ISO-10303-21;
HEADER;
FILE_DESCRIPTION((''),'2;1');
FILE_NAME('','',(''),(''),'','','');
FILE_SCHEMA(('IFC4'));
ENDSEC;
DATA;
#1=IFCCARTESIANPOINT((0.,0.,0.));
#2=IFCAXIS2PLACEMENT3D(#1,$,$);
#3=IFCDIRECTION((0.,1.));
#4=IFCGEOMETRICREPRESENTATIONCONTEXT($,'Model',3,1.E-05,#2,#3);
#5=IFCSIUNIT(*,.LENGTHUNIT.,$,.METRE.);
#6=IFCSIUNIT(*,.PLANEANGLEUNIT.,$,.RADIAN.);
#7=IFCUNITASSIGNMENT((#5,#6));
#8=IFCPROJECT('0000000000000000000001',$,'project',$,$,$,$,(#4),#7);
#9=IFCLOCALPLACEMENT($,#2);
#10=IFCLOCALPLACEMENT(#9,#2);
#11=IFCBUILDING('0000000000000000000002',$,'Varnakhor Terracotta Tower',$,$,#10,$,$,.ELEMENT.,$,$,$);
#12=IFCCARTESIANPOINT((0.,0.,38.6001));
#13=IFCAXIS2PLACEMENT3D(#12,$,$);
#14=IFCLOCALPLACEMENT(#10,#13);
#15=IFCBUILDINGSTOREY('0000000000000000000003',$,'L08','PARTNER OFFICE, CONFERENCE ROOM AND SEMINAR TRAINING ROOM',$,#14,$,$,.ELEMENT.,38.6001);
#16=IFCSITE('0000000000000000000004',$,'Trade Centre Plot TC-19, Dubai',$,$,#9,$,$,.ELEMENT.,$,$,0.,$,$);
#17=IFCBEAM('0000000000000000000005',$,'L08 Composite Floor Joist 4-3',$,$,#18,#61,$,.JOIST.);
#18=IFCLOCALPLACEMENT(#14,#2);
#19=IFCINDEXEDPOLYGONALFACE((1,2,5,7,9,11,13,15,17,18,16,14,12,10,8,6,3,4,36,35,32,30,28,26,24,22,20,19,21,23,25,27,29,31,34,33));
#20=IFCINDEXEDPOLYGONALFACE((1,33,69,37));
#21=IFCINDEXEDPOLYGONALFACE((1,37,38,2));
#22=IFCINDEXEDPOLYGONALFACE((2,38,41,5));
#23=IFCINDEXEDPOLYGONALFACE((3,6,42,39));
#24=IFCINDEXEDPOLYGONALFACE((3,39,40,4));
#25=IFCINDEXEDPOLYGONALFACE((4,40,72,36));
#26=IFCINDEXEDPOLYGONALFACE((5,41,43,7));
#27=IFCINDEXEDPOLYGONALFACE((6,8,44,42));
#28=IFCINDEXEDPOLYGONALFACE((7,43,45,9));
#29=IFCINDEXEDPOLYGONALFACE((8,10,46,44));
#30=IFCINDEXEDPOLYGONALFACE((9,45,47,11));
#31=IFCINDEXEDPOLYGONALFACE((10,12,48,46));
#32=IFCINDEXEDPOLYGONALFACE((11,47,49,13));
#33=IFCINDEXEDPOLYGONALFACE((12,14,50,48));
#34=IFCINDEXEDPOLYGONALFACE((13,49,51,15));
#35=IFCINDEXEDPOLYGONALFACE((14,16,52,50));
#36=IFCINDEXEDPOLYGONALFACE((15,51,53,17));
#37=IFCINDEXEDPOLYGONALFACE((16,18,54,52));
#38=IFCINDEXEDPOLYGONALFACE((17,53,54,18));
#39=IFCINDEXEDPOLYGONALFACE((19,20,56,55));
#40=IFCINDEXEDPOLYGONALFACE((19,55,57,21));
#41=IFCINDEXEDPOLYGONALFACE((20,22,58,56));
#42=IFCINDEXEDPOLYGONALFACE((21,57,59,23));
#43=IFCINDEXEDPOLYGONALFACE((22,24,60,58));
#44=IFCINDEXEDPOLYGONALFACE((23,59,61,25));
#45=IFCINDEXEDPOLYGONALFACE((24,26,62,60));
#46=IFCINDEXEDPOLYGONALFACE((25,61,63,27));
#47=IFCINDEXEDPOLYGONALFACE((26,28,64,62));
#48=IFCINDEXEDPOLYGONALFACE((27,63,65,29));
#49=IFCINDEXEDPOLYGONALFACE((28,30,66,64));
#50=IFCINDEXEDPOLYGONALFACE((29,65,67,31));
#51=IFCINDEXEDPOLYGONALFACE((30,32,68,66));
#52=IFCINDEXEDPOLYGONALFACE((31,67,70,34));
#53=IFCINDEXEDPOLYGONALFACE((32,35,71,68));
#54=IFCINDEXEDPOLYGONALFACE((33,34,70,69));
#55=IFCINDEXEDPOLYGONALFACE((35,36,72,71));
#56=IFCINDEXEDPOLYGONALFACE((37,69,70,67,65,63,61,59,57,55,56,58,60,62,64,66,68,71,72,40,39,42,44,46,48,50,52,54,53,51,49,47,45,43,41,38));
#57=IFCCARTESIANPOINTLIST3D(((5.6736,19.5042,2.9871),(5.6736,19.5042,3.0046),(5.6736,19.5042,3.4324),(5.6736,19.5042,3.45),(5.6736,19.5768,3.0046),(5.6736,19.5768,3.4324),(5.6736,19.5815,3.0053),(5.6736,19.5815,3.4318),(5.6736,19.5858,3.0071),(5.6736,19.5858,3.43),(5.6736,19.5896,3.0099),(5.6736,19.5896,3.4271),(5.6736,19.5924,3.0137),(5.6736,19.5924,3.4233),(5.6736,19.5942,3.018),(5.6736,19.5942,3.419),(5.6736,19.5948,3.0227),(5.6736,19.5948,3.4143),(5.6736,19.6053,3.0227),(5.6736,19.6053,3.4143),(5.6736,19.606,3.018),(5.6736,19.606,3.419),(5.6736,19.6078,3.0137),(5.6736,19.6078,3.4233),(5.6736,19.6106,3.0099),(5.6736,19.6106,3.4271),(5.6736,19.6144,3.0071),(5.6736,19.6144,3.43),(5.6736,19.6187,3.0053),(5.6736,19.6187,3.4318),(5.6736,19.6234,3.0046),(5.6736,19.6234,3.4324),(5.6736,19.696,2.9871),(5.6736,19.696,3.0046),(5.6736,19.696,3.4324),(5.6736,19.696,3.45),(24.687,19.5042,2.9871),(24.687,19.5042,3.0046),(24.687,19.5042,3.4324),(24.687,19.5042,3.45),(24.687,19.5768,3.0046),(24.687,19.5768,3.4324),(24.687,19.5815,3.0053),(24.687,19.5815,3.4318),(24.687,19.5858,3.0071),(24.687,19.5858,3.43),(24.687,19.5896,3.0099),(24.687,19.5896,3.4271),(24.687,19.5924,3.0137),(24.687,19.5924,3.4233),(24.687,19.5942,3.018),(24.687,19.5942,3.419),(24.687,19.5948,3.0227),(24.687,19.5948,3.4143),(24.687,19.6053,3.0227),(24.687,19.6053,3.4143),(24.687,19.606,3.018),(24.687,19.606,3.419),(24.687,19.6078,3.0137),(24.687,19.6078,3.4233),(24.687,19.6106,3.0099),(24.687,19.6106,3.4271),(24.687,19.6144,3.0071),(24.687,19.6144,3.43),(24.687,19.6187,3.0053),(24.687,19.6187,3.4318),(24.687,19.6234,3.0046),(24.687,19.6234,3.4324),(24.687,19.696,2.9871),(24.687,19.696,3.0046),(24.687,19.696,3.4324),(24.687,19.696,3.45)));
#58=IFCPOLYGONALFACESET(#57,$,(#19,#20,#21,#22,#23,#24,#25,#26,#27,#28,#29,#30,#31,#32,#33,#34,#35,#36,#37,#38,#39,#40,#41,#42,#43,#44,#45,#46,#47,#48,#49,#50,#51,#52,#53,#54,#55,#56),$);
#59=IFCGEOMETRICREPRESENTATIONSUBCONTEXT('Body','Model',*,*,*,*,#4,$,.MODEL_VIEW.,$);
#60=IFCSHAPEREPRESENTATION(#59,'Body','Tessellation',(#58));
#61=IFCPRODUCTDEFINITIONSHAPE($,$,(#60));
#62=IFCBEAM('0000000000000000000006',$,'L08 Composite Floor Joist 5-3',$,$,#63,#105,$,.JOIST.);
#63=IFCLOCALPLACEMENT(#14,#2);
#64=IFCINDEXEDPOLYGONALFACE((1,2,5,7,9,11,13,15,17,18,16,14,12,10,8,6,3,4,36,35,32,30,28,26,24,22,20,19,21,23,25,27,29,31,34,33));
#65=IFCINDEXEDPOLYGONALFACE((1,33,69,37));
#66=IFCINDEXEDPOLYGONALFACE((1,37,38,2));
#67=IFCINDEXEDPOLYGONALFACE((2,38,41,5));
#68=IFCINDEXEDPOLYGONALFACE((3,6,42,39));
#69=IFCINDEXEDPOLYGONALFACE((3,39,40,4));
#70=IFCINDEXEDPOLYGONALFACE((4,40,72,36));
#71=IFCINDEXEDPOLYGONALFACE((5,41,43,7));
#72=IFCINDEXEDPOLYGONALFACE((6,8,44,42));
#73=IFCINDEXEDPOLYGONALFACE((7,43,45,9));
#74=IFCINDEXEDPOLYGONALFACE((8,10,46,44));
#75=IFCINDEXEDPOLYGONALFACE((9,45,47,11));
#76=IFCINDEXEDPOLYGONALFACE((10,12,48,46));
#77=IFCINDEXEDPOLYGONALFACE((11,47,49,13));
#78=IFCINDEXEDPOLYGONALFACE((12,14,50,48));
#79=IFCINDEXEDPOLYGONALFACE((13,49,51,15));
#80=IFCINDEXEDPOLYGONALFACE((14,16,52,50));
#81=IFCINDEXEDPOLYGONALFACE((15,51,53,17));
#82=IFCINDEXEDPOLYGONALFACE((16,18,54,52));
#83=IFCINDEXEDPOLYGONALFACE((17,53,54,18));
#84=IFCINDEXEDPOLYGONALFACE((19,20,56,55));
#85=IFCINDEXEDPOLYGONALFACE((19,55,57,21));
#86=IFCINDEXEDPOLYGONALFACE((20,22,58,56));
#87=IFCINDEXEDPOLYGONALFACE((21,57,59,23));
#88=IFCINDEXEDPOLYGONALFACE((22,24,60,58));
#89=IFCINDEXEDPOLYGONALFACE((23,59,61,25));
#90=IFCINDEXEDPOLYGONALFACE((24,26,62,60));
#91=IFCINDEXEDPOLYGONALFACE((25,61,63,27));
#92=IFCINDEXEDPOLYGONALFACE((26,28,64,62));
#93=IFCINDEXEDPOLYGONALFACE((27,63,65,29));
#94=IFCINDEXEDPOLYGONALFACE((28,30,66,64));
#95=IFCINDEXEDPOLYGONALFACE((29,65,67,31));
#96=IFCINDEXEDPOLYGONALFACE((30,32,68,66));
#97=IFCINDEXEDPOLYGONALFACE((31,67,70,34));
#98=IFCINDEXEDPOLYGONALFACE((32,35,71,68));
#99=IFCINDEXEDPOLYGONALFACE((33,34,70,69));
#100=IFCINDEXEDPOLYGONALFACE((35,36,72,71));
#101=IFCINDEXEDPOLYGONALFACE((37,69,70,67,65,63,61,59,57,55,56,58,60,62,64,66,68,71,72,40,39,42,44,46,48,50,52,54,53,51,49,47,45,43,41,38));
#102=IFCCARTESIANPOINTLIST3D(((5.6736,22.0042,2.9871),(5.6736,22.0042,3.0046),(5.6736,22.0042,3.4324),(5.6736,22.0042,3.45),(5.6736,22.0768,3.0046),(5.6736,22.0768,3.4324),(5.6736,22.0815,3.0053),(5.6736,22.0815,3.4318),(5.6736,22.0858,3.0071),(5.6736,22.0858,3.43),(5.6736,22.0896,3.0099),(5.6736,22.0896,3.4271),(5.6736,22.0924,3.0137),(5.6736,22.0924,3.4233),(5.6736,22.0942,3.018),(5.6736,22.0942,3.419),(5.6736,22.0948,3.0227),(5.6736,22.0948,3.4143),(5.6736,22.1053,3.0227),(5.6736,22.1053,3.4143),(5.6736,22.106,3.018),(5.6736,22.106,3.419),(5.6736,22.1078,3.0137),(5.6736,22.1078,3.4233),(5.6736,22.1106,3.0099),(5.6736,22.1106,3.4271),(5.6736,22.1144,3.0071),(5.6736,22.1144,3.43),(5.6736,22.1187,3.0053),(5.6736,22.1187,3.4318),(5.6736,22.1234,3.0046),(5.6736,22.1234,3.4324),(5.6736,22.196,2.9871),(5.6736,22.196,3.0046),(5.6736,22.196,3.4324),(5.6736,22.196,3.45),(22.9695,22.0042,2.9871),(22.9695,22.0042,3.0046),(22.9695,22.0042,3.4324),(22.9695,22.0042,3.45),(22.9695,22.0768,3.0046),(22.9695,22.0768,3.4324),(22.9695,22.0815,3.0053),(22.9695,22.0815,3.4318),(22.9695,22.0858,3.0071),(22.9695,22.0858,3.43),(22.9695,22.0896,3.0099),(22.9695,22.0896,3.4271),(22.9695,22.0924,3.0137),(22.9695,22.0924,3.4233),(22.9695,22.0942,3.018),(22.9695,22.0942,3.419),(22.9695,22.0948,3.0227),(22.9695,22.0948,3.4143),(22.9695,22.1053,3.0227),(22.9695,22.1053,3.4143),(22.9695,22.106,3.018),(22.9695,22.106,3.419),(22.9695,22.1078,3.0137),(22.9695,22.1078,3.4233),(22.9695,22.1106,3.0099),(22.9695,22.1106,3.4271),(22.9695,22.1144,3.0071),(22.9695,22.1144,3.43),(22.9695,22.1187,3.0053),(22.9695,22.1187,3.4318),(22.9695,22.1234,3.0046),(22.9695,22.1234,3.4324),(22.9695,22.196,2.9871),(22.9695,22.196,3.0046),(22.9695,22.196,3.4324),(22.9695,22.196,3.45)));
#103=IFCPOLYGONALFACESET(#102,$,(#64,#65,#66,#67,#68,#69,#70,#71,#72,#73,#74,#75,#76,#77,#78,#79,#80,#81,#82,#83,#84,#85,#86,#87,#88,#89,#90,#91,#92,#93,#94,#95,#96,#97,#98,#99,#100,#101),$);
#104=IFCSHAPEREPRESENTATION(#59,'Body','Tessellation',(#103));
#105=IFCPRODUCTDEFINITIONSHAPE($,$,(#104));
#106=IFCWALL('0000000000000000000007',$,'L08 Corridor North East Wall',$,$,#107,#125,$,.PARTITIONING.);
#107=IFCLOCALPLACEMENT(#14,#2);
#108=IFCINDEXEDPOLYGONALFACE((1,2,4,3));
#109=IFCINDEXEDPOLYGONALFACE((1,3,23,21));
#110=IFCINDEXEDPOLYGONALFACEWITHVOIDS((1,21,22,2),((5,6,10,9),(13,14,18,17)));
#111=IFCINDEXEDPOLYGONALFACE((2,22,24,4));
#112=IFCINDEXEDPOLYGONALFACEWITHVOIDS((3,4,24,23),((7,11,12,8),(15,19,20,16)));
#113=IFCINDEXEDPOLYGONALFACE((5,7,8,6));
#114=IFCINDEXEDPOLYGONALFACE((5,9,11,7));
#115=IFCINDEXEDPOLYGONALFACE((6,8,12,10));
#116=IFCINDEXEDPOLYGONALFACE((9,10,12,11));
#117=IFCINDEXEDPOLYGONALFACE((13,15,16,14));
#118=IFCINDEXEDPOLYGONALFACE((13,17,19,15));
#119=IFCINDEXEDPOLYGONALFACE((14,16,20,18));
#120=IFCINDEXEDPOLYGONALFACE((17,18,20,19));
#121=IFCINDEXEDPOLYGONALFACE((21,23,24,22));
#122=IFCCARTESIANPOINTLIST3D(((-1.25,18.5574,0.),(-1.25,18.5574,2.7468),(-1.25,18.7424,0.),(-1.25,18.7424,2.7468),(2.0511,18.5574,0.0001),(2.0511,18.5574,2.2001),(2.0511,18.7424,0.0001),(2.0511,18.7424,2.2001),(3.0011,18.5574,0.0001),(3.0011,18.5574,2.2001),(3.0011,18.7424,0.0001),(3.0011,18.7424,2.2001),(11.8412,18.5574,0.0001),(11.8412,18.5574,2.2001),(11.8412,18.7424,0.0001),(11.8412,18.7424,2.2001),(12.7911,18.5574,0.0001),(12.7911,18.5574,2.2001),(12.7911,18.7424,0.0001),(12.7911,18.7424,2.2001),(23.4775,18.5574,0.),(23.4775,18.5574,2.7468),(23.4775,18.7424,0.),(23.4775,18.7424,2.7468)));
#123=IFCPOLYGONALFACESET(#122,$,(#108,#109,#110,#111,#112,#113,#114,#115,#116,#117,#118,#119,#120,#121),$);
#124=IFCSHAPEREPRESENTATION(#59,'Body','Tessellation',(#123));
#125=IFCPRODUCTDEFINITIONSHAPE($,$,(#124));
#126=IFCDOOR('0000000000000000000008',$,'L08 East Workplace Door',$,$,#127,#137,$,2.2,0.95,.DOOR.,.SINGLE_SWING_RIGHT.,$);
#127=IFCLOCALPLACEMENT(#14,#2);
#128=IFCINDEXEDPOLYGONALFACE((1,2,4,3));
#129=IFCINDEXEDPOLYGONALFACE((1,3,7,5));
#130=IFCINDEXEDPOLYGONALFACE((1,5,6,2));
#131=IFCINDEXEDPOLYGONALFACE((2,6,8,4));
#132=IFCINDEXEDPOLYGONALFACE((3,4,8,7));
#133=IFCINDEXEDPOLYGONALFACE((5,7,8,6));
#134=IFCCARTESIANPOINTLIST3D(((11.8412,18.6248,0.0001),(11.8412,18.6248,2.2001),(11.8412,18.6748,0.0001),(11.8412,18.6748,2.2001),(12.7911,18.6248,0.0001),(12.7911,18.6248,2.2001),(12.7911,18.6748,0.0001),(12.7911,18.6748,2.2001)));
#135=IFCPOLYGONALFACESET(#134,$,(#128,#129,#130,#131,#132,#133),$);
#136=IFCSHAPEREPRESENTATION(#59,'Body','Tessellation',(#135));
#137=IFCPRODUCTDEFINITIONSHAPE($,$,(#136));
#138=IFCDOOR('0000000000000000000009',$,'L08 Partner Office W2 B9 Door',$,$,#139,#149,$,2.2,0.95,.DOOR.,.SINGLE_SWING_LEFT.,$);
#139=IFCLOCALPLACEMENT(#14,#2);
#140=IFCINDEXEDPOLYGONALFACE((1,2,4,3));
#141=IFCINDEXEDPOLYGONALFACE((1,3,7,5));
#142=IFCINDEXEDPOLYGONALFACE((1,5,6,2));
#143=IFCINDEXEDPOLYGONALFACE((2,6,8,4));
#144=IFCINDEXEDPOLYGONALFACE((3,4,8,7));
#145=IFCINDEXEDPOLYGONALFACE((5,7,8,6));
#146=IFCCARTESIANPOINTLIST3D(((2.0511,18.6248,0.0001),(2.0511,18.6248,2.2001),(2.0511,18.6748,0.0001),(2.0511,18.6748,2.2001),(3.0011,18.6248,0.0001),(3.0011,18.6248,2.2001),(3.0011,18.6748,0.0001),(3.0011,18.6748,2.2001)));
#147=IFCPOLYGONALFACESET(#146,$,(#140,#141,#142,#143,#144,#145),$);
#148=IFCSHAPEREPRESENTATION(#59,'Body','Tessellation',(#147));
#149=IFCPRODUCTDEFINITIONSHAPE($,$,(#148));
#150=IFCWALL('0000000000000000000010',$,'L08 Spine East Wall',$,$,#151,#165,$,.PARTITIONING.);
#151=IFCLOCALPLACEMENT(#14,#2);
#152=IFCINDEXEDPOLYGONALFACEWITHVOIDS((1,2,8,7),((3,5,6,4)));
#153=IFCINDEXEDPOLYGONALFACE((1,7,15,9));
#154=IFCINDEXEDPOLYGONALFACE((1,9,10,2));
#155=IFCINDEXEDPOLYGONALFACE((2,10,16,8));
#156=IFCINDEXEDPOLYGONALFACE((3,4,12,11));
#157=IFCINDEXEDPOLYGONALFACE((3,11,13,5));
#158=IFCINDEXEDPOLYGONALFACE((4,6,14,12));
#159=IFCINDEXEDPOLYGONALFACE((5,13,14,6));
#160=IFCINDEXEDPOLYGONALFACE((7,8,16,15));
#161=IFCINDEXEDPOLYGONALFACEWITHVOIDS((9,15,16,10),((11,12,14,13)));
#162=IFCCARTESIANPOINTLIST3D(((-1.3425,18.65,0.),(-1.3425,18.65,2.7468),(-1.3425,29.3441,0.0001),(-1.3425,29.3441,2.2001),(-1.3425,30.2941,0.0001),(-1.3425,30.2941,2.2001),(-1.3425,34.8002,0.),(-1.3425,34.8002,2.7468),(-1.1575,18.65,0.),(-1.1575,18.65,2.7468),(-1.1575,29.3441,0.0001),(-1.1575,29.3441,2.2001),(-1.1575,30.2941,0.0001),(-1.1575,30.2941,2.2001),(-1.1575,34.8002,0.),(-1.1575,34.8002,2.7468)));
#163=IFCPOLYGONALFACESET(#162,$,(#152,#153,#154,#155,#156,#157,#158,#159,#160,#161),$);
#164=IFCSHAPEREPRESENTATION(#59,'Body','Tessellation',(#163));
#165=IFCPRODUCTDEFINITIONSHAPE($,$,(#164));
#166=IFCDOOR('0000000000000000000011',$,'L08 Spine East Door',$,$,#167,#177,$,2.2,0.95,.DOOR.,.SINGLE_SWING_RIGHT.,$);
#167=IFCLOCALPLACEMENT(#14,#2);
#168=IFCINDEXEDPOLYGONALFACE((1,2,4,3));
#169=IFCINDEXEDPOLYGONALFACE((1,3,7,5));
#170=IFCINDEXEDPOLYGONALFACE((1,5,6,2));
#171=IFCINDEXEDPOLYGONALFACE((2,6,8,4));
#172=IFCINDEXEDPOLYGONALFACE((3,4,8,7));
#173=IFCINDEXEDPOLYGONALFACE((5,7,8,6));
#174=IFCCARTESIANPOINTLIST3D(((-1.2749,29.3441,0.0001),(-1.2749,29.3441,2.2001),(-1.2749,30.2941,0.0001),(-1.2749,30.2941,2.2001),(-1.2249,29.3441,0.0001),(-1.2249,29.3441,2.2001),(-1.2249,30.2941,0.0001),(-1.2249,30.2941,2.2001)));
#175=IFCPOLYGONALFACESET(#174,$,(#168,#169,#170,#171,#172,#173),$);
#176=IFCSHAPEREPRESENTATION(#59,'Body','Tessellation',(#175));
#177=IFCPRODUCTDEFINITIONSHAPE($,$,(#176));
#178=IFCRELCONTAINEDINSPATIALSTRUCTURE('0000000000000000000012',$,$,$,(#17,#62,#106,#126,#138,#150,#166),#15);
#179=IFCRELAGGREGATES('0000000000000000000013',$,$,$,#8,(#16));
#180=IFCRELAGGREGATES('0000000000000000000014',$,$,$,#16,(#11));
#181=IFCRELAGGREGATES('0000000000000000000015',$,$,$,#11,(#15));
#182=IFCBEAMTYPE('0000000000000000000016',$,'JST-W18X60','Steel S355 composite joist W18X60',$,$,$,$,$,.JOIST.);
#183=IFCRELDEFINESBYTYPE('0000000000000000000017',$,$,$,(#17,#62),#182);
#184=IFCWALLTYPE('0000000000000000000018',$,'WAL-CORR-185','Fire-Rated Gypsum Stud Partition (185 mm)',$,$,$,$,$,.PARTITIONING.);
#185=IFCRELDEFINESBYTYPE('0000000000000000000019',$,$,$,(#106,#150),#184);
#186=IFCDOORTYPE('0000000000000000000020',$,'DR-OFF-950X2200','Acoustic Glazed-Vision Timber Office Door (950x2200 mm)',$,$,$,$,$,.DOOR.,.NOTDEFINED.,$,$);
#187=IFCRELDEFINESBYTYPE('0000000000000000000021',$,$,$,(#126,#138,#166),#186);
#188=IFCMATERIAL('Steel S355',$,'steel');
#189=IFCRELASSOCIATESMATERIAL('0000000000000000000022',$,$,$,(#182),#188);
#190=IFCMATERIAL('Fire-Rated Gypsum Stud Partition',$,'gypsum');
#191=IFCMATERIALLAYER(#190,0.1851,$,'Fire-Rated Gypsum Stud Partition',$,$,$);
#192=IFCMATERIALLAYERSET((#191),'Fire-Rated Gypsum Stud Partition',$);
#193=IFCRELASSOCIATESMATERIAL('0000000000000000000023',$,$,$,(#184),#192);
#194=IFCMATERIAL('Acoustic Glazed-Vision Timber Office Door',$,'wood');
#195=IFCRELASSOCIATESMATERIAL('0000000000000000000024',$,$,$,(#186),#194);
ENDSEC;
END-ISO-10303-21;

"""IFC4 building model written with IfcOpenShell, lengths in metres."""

from ifc_helpers import new_model, si_unit, direction, frame, frame_2d, origin, origin_2d, place, context, subcontext, project, spatial, rectangle, i_section, extrude, source, transform, mapped, material, layer, layer_set, material_profile, profile_set, type_object, type_shapes, element, fill, save


model = new_model("IFC4")

# Units and contexts
model_context = context("Model", 3, precision=1e-05, world=origin(), true_north=direction((0.0, 1.0)))
body_context = subcontext(model_context, "Body", "Model", "MODEL_VIEW")
ifc_project = project(units=[si_unit("LENGTHUNIT", "METRE"), si_unit("PLANEANGLEUNIT", "RADIAN")], contexts=[model_context])

# Site, building, storey
site_placement = place(None, origin())
site = spatial("IfcSite", under=ifc_project, at=site_placement, Name="Trade Centre Plot TC-19, Dubai", CompositionType="ELEMENT", RefElevation=0.0)
building_placement = place(site_placement, origin())
building = spatial("IfcBuilding", under=site, at=building_placement, Name="Varnakhor Terracotta Tower", CompositionType="ELEMENT")
storey_placement = place(building_placement, frame((0.0, 0.0, 38.6001)))
storey = spatial("IfcBuildingStorey", under=building, at=storey_placement, Name="L08", Description="PARTNER OFFICE, CONFERENCE ROOM AND SEMINAR TRAINING ROOM", CompositionType="ELEMENT", Elevation=38.6001)

# Beams
ifc_material_1 = material(Name="Steel S355", Category="steel")
ifc_material_profile_1 = material_profile(ifc_material_1, i_section(OverallWidth=0.1919, OverallDepth=0.4629, WebThickness=0.0105, FlangeThickness=0.0176, FilletRadius=0.0181, at=origin_2d()), Name="W18X60")
ifc_profile_set_1 = profile_set([ifc_material_profile_1], Name="Steel S355")
beam_type_1 = type_object("IfcBeamType", Name="JST-W18X60", Description="Steel S355 composite joist W18X60", PredefinedType="JOIST", material=ifc_profile_set_1)
shared_shape_1 = source(origin(), body_context, "Body", "SweptSolid", [
    extrude(i_section(OverallWidth=0.1919, OverallDepth=0.4629, WebThickness=0.0105, FlangeThickness=0.0176, FilletRadius=0.0181, at=origin_2d()), origin(), (0.0, 0.0, 1.0), 19.0134),
])
beam_1_placement = place(storey_placement, frame((5.6736, 19.6001, 3.2185), z_axis=(1.0, 0.0, 0.0), x_axis=(0.0, 1.0, 0.0)))
element("IfcBeam", 1, at=beam_1_placement, inside=storey, type_object=beam_type_1, Name="L08 Composite Floor Joist 4-3", PredefinedType="JOIST", context=body_context, shape_type="MappedRepresentation", body=[
    mapped(shared_shape_1, transform((0.0, 0.0, 0.0), scale=1.0)),
])
shared_shape_2 = source(origin(), body_context, "Body", "SweptSolid", [
    extrude(i_section(OverallWidth=0.1919, OverallDepth=0.4629, WebThickness=0.0105, FlangeThickness=0.0176, FilletRadius=0.0181, at=origin_2d()), origin(), (0.0, 0.0, 1.0), 17.2959),
])
beam_2_placement = place(storey_placement, frame((5.6736, 22.1001, 3.2185), z_axis=(1.0, 0.0, 0.0), x_axis=(0.0, 1.0, 0.0)))
element("IfcBeam", 2, at=beam_2_placement, inside=storey, type_object=beam_type_1, Name="L08 Composite Floor Joist 5-3", PredefinedType="JOIST", context=body_context, shape_type="MappedRepresentation", body=[
    mapped(shared_shape_2, transform((0.0, 0.0, 0.0), scale=1.0)),
])

# Wall, openings, doors
ifc_material_2 = material(Name="Fire-Rated Gypsum Stud Partition", Category="gypsum")
ifc_layer_1 = layer(ifc_material_2, 0.1851, Name="Fire-Rated Gypsum Stud Partition")
ifc_layer_set_1 = layer_set([ifc_layer_1], Name="Fire-Rated Gypsum Stud Partition")
wall_type_1 = type_object("IfcWallType", Name="WAL-CORR-185", Description="Fire-Rated Gypsum Stud Partition (185 mm)", PredefinedType="PARTITIONING", material=ifc_layer_set_1)
wall_1_placement = place(storey_placement, frame((-1.25, 18.6499, 0.0), z_axis=(0.0, 0.0, 1.0), x_axis=(1.0, 0.0, 0.0)))
wall_1 = element("IfcWall", 3, at=wall_1_placement, inside=storey, type_object=wall_type_1, Name="L08 Corridor North East Wall", PredefinedType="PARTITIONING", context=body_context, shape_type="SweptSolid", body=[
    extrude(rectangle(XDim=24.7275, YDim=0.1851, at=frame_2d((12.3638, 0.0))), origin(), (0.0, 0.0, 1.0), 2.7468),
])
opening_1_placement = place(wall_1_placement, frame((13.0911, 0.0, 0.0)))
opening_1 = element("IfcOpeningElement", 4, at=opening_1_placement, cuts=wall_1, PredefinedType="OPENING", context=body_context, shape_type="SweptSolid", body=[
    extrude(rectangle(XDim=0.95, YDim=2.2, at=frame_2d((0.4751, 1.1001))), frame((0.0, 0.1025, 0.0), z_axis=(0.0, -1.0, 0.0), x_axis=(1.0, 0.0, 0.0)), (0.0, 0.0, 1.0), 0.2051),
])
opening_2_placement = place(wall_1_placement, frame((3.301, 0.0, 0.0)))
opening_2 = element("IfcOpeningElement", 5, at=opening_2_placement, cuts=wall_1, PredefinedType="OPENING", context=body_context, shape_type="SweptSolid", body=[
    extrude(rectangle(XDim=0.95, YDim=2.2, at=frame_2d((0.4751, 1.1001))), frame((0.0, 0.1025, 0.0), z_axis=(0.0, -1.0, 0.0), x_axis=(1.0, 0.0, 0.0)), (0.0, 0.0, 1.0), 0.2051),
])
ifc_material_3 = material(Name="Acoustic Glazed-Vision Timber Office Door", Category="wood")
door_type_1 = type_object("IfcDoorType", Name="DR-OFF-950X2200", Description="Acoustic Glazed-Vision Timber Office Door (950x2200 mm)", OperationType="NOTDEFINED", PredefinedType="DOOR", material=ifc_material_3)
shared_shape_3 = source(origin(), body_context, "Body", "SweptSolid", [
    extrude(rectangle(XDim=0.95, YDim=2.2, at=frame_2d((0.4751, 1.1001))), frame((0.0, 0.0249, 0.0), z_axis=(0.0, -1.0, 0.0), x_axis=(1.0, 0.0, 0.0)), (0.0, 0.0, 1.0), 0.05),
])
type_shapes(door_type_1, [shared_shape_3])
door_1_placement = place(opening_1_placement, origin())
door_1 = element("IfcDoor", 6, at=door_1_placement, inside=storey, type_object=door_type_1, Name="L08 East Workplace Door", OperationType="SINGLE_SWING_RIGHT", OverallHeight=2.2, OverallWidth=0.95, PredefinedType="DOOR", context=body_context, shape_type="MappedRepresentation", body=[
    mapped(shared_shape_3, transform((0.0, 0.0, 0.0), scale=1.0)),
])
fill(opening_1, door_1)
door_2_placement = place(opening_2_placement, origin())
door_2 = element("IfcDoor", 7, at=door_2_placement, inside=storey, type_object=door_type_1, Name="L08 Partner Office W2 B9 Door", OperationType="SINGLE_SWING_LEFT", OverallHeight=2.2, OverallWidth=0.95, PredefinedType="DOOR", context=body_context, shape_type="MappedRepresentation", body=[
    mapped(shared_shape_3, transform((0.0, 0.0, 0.0), scale=1.0)),
])
fill(opening_2, door_2)

# Wall, opening, door
wall_2_placement = place(storey_placement, frame((-1.25, 18.6499, 0.0), z_axis=(0.0, 0.0, 1.0), x_axis=(0.0, 1.0, 0.0)))
wall_2 = element("IfcWall", 8, at=wall_2_placement, inside=storey, type_object=wall_type_1, Name="L08 Spine East Wall", PredefinedType="PARTITIONING", context=body_context, shape_type="SweptSolid", body=[
    extrude(rectangle(XDim=16.1501, YDim=0.1851, at=frame_2d((8.0752, 0.0))), origin(), (0.0, 0.0, 1.0), 2.7468),
])
opening_3_placement = place(wall_2_placement, frame((10.6941, 0.0, 0.0)))
opening_3 = element("IfcOpeningElement", 9, at=opening_3_placement, cuts=wall_2, PredefinedType="OPENING", context=body_context, shape_type="SweptSolid", body=[
    extrude(rectangle(XDim=0.95, YDim=2.2, at=frame_2d((0.4751, 1.1001))), frame((0.0, 0.1025, 0.0), z_axis=(0.0, -1.0, 0.0), x_axis=(1.0, 0.0, 0.0)), (0.0, 0.0, 1.0), 0.2051),
])
door_3_placement = place(opening_3_placement, origin())
door_3 = element("IfcDoor", 10, at=door_3_placement, inside=storey, type_object=door_type_1, Name="L08 Spine East Door", OperationType="SINGLE_SWING_RIGHT", OverallHeight=2.2, OverallWidth=0.95, PredefinedType="DOOR", context=body_context, shape_type="MappedRepresentation", body=[
    mapped(shared_shape_3, transform((0.0, 0.0, 0.0), scale=1.0)),
])
fill(opening_3, door_3)

save(model, "model.ifc")
